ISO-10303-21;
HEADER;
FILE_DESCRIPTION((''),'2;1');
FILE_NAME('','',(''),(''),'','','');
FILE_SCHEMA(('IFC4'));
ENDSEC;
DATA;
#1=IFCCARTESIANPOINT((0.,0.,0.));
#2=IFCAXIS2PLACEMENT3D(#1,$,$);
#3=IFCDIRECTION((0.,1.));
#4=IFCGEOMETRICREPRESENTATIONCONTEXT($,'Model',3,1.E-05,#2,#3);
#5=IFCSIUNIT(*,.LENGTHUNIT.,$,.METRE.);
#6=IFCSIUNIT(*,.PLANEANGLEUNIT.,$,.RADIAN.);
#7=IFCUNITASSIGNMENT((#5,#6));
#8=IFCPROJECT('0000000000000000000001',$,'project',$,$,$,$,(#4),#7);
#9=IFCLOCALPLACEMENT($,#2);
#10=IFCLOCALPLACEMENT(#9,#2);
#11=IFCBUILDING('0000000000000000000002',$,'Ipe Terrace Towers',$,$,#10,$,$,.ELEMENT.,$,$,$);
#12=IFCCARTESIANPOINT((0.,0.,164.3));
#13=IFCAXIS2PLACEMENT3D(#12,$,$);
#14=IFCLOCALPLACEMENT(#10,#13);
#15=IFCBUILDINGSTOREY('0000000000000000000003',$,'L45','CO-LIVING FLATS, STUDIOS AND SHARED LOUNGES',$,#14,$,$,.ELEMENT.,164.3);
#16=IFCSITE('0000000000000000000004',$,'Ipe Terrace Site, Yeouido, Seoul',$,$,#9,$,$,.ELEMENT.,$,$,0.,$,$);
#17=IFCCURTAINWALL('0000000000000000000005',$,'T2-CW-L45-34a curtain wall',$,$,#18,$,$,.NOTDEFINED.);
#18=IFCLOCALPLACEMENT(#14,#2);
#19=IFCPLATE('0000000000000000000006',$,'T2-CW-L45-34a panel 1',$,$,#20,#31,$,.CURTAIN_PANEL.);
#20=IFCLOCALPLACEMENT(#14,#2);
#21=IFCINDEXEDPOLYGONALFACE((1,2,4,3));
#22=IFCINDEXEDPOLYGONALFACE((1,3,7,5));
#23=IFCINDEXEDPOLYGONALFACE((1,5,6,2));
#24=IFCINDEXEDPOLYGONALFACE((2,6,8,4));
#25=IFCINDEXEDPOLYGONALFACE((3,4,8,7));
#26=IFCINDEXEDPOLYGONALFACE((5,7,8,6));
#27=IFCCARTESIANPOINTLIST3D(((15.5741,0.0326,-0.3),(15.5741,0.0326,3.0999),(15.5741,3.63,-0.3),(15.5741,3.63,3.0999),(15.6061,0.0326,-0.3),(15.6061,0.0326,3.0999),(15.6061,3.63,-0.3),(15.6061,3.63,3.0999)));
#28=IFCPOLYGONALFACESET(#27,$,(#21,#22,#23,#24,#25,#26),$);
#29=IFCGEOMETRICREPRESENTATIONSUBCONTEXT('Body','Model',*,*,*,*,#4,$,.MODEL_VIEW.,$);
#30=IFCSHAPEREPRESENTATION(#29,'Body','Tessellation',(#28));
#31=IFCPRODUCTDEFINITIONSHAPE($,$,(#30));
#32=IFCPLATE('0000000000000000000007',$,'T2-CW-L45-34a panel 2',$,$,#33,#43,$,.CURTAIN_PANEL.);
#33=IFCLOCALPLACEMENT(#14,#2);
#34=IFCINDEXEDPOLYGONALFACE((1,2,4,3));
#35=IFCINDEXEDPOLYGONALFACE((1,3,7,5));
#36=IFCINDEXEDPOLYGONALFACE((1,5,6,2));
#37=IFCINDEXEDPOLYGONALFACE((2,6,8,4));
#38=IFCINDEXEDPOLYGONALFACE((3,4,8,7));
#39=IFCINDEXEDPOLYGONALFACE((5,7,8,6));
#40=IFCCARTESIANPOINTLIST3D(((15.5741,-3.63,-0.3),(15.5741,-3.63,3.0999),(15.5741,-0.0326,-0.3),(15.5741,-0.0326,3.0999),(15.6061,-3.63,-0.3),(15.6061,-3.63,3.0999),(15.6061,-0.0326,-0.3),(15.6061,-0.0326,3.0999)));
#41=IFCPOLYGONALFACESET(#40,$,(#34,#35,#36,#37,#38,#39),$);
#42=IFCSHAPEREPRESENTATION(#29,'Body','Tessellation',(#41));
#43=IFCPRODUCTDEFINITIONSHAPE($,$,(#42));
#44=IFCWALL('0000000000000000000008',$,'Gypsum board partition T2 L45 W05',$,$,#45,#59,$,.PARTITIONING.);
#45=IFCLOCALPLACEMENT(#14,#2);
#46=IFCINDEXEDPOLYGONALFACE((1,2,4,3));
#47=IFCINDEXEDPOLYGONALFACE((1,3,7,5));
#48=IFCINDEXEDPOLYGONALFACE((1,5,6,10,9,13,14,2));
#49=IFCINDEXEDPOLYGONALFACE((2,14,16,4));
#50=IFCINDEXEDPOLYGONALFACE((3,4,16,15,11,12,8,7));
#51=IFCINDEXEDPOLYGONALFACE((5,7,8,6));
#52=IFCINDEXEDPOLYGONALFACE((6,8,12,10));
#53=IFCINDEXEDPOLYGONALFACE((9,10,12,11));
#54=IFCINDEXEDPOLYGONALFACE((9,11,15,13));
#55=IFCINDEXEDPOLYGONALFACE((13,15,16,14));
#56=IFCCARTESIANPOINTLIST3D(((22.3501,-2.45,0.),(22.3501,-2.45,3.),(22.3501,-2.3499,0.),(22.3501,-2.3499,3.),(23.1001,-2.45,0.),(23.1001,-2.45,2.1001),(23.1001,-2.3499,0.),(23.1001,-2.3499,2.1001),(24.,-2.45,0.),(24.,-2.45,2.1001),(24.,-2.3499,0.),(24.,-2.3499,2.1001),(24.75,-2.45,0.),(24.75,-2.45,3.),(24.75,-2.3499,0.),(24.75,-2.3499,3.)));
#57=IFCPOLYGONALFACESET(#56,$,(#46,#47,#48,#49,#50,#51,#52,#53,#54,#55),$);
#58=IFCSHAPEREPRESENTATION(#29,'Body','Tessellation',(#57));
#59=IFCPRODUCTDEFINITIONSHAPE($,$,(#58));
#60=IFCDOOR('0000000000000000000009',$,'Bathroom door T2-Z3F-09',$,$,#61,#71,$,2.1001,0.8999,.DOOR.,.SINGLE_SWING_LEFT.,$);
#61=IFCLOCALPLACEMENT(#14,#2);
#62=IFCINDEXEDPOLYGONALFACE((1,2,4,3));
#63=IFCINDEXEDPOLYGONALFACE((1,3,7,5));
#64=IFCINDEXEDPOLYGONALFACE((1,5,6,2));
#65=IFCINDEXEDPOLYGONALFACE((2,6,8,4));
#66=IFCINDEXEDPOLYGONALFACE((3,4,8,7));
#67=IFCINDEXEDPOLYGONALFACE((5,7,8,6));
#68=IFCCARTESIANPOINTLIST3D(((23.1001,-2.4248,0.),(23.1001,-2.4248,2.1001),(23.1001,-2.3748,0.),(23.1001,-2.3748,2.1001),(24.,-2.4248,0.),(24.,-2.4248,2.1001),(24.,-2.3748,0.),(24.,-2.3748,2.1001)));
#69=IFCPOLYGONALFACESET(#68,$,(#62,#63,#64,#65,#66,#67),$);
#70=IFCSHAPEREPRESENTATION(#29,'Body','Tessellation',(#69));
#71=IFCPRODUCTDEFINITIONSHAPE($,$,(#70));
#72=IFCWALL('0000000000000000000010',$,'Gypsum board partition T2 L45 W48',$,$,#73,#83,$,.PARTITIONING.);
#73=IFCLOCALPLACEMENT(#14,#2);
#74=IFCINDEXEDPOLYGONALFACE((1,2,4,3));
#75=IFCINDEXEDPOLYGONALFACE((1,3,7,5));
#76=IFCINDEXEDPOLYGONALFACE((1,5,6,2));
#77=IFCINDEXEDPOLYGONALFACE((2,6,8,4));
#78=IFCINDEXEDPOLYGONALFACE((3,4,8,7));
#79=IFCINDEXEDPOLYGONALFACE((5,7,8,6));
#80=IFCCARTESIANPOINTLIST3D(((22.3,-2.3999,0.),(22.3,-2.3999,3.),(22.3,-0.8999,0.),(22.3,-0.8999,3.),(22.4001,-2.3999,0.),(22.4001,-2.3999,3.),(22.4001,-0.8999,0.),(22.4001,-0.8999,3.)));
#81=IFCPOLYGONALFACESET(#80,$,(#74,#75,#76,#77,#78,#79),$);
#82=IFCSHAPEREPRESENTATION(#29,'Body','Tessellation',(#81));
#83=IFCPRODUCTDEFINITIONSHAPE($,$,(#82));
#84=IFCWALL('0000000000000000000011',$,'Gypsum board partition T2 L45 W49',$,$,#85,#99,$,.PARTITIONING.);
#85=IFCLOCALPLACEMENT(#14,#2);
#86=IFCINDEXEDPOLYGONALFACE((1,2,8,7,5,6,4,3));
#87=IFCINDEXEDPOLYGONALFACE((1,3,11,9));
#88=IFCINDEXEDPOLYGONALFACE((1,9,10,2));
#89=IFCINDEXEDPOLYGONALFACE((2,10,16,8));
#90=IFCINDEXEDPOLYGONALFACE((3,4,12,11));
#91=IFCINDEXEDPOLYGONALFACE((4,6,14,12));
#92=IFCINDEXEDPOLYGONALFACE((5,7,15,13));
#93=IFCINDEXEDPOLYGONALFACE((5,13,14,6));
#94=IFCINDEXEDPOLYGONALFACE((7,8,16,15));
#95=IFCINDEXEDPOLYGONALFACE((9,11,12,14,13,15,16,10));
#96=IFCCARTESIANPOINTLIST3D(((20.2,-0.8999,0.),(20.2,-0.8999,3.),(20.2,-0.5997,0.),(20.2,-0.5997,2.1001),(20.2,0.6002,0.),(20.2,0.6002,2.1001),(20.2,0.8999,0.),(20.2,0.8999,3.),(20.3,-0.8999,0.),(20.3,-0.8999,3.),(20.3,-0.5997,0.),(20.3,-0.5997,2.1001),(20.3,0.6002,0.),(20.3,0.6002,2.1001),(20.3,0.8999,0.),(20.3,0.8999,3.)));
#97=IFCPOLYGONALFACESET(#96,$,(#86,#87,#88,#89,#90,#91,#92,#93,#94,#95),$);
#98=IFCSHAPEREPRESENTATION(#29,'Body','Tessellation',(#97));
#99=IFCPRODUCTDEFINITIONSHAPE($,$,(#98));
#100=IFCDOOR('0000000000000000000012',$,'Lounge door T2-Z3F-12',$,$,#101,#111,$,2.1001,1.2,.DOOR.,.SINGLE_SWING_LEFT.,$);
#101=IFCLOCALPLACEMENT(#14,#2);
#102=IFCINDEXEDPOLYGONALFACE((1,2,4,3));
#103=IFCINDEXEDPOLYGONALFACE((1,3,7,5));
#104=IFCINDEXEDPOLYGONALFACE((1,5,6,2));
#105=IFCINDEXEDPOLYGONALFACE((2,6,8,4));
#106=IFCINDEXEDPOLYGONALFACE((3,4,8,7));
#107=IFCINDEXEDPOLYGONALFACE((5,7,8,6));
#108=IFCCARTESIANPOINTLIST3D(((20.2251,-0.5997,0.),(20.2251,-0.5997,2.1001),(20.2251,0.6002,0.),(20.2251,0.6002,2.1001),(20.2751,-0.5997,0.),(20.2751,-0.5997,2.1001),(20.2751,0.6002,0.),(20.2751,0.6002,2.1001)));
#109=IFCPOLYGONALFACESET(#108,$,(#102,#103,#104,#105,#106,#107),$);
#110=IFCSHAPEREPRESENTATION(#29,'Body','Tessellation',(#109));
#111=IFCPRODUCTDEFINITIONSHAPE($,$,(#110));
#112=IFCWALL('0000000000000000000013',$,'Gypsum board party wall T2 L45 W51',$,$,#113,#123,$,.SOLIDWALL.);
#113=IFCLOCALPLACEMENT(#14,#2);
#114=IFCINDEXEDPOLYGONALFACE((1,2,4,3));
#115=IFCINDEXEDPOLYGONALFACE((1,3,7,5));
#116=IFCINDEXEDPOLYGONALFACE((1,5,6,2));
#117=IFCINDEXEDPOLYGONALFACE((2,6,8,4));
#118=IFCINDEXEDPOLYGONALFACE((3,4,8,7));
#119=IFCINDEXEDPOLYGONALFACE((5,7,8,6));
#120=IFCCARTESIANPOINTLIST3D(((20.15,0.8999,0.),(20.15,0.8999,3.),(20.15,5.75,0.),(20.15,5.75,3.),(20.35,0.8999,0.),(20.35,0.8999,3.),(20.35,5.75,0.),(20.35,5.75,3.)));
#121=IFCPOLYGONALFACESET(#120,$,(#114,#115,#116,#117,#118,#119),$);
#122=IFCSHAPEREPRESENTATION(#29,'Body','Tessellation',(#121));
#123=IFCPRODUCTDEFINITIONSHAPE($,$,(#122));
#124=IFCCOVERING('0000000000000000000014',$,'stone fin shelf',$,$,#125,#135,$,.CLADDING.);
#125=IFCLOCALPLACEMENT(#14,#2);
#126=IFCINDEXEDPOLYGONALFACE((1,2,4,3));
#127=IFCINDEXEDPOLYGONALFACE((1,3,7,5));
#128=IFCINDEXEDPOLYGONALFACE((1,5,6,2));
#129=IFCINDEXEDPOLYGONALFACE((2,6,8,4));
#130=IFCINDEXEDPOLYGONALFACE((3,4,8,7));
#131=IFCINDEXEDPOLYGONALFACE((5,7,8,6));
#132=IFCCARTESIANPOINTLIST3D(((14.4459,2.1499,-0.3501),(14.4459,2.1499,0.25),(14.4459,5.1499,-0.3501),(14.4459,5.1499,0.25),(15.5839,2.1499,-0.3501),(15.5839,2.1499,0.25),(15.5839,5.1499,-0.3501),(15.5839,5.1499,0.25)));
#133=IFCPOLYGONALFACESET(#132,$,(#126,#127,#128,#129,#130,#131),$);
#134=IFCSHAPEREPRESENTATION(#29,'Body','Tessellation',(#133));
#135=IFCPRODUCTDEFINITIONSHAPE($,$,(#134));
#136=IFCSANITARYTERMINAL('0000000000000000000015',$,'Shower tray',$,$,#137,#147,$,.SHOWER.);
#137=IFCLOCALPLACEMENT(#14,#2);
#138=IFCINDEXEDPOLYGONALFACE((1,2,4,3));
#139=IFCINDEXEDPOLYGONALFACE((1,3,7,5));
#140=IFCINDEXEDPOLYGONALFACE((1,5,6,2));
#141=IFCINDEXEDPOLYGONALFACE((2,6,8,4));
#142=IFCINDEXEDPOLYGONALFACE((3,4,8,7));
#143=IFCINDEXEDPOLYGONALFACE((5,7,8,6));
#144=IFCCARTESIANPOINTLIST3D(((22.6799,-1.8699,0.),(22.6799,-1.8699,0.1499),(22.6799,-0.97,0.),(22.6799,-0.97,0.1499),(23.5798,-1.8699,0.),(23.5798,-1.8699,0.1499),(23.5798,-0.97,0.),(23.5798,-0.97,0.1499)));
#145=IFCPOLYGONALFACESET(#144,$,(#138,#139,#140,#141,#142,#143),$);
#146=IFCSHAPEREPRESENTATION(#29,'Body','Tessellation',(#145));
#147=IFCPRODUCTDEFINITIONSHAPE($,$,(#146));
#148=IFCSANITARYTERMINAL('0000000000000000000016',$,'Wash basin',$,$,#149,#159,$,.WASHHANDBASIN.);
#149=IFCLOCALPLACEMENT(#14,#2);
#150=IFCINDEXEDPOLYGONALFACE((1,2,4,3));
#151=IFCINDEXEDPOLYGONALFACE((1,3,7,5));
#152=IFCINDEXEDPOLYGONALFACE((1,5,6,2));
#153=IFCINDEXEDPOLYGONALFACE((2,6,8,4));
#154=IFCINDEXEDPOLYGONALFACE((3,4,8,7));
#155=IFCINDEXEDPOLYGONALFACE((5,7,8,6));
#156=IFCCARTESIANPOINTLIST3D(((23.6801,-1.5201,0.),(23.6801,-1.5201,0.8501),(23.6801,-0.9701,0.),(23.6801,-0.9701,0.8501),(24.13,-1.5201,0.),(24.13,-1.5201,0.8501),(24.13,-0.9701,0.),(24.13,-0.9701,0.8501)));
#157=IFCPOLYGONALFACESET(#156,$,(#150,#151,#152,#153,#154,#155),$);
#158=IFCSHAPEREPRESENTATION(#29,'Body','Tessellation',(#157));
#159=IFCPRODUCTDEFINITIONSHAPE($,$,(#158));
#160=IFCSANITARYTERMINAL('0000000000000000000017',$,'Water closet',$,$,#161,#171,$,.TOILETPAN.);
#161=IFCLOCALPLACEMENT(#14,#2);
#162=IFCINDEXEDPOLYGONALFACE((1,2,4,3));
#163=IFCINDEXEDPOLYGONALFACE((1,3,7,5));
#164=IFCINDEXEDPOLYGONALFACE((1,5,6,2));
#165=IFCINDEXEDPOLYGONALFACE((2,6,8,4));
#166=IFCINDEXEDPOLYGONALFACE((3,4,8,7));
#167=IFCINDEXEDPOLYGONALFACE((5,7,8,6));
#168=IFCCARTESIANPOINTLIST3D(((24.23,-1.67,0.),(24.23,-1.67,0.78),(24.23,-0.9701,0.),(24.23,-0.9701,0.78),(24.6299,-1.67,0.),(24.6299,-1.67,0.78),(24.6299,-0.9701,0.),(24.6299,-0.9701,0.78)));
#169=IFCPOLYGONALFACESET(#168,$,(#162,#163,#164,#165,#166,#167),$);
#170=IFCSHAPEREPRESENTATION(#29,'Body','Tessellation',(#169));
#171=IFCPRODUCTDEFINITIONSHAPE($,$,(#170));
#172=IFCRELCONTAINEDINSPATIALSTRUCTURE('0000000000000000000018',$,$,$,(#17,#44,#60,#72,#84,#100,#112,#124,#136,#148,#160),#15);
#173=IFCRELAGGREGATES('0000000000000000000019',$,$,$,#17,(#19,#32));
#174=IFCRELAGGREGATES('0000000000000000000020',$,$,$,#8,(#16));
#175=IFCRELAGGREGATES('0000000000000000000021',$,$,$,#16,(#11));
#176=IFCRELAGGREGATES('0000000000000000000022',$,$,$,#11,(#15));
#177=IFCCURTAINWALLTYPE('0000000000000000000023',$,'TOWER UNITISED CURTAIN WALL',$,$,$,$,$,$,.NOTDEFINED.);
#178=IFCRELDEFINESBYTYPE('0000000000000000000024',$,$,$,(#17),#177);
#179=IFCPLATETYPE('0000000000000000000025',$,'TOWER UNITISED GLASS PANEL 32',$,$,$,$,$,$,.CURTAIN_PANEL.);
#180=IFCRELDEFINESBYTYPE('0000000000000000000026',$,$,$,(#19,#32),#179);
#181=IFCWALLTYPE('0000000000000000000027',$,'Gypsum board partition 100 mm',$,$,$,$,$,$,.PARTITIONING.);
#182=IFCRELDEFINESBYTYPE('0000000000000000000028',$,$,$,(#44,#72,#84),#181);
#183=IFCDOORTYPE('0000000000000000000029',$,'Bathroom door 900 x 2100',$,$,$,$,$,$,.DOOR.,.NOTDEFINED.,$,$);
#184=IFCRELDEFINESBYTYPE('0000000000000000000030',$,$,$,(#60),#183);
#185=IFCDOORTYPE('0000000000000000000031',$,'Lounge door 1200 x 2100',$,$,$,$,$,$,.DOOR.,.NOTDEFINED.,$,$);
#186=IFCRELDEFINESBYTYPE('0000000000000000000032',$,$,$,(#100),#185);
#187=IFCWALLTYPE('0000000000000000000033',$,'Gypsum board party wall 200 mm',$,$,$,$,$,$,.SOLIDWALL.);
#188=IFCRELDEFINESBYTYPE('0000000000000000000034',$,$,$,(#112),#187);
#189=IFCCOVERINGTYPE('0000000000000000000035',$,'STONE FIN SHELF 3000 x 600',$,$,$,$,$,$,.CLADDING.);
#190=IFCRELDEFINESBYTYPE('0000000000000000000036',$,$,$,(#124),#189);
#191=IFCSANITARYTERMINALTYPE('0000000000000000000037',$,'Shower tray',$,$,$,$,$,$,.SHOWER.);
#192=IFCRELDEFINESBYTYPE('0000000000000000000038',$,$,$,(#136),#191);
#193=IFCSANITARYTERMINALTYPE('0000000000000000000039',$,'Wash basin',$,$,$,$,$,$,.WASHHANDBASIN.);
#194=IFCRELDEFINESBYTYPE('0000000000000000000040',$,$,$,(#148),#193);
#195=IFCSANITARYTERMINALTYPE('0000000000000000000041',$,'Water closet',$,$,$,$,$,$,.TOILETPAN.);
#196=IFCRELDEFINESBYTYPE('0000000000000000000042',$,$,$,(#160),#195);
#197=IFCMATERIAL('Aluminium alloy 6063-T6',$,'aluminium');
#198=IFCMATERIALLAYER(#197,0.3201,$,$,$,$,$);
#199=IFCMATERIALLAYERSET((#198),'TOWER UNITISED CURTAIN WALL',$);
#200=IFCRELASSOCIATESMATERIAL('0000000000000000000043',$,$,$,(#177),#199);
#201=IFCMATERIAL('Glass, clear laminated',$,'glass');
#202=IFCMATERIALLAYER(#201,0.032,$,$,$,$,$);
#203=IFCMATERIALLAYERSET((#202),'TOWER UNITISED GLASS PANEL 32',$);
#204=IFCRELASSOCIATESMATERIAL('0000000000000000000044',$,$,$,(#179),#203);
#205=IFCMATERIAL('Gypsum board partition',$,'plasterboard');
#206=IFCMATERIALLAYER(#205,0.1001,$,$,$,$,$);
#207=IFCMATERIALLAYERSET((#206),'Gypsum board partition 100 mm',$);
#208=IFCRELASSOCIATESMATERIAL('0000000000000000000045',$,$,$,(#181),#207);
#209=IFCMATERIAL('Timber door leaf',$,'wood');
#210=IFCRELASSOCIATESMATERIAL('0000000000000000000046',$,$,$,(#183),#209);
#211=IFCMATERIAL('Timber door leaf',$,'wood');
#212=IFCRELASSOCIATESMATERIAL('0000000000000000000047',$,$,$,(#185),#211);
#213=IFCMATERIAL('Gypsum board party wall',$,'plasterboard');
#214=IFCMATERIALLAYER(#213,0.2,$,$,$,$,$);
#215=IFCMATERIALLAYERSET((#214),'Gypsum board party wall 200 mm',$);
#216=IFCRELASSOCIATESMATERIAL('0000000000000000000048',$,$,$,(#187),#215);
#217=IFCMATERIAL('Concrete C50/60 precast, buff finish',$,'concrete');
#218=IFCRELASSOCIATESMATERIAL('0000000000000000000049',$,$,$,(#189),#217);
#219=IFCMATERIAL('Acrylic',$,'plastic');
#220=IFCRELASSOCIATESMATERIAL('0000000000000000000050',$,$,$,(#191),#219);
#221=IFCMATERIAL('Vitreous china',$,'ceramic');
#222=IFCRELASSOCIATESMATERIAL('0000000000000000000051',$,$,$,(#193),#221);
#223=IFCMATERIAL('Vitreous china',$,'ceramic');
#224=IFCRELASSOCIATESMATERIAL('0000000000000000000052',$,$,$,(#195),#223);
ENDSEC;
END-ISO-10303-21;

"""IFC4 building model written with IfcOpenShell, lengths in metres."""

from ifc_helpers import new_model, si_unit, direction, frame, frame_2d, origin, origin_2d, place, context, subcontext, project, spatial, rectangle, extrude, material, layer, layer_set, type_object, element, fill, aggregate, save


model = new_model("IFC4")

# Units and contexts
model_context = context("Model", 3, precision=1e-05, world=origin(), true_north=direction((0.0, 1.0)))
body_context = subcontext(model_context, "Body", "Model", "MODEL_VIEW")
ifc_project = project(units=[si_unit("LENGTHUNIT", "METRE"), si_unit("PLANEANGLEUNIT", "RADIAN")], contexts=[model_context])

# Site, building, storey
site_placement = place(None, origin())
site = spatial("IfcSite", under=ifc_project, at=site_placement, Name="Ipe Terrace Site, Yeouido, Seoul", CompositionType="ELEMENT", RefElevation=0.0)
building_placement = place(site_placement, origin())
building = spatial("IfcBuilding", under=site, at=building_placement, Name="Ipe Terrace Towers", CompositionType="ELEMENT")
storey_placement = place(building_placement, frame((0.0, 0.0, 164.3)))
storey = spatial("IfcBuildingStorey", under=building, at=storey_placement, Name="L45", Description="CO-LIVING FLATS, STUDIOS AND SHARED LOUNGES", CompositionType="ELEMENT", Elevation=164.3)

# Curtain wall, plates
ifc_material_1 = material(Name="Aluminium alloy 6063-T6", Category="aluminium")
ifc_layer_1 = layer(ifc_material_1, 0.3201)
ifc_layer_set_1 = layer_set([ifc_layer_1], Name="TOWER UNITISED CURTAIN WALL")
curtain_wall_type = type_object("IfcCurtainWallType", Name="TOWER UNITISED CURTAIN WALL", PredefinedType="NOTDEFINED", material=ifc_layer_set_1)
curtain_wall_placement = place(storey_placement, origin())
curtain_wall = element("IfcCurtainWall", 1, at=curtain_wall_placement, inside=storey, type_object=curtain_wall_type, Name="T2-CW-L45-34a curtain wall", PredefinedType="NOTDEFINED")
ifc_material_2 = material(Name="Glass, clear laminated", Category="glass")
ifc_layer_2 = layer(ifc_material_2, 0.032)
ifc_layer_set_2 = layer_set([ifc_layer_2], Name="TOWER UNITISED GLASS PANEL 32")
plate_type = type_object("IfcPlateType", Name="TOWER UNITISED GLASS PANEL 32", PredefinedType="CURTAIN_PANEL", material=ifc_layer_set_2)
plate_1_placement = place(storey_placement, frame((15.5901, 1.8313, -0.3), z_axis=(0.0, 0.0, 1.0), x_axis=(0.0, -1.0, 0.0)))
plate_1 = element("IfcPlate", 2, at=plate_1_placement, type_object=plate_type, Name="T2-CW-L45-34a panel 1", PredefinedType="CURTAIN_PANEL", context=body_context, shape_type="SweptSolid", body=[
    extrude(rectangle(XDim=3.5974, YDim=0.032, at=origin_2d()), origin(), (0.0, 0.0, 1.0), 3.3999),
])
plate_2_placement = place(storey_placement, frame((15.5901, -1.8313, -0.3), z_axis=(0.0, 0.0, 1.0), x_axis=(0.0, -1.0, 0.0)))
plate_2 = element("IfcPlate", 3, at=plate_2_placement, type_object=plate_type, Name="T2-CW-L45-34a panel 2", PredefinedType="CURTAIN_PANEL", context=body_context, shape_type="SweptSolid", body=[
    extrude(rectangle(XDim=3.5974, YDim=0.032, at=origin_2d()), origin(), (0.0, 0.0, 1.0), 3.3999),
])
aggregate(curtain_wall, [plate_1, plate_2])

# Wall, opening, door
ifc_material_3 = material(Name="Gypsum board partition", Category="plasterboard")
ifc_layer_3 = layer(ifc_material_3, 0.1001)
ifc_layer_set_3 = layer_set([ifc_layer_3], Name="Gypsum board partition 100 mm")
wall_type_1 = type_object("IfcWallType", Name="Gypsum board partition 100 mm", PredefinedType="PARTITIONING", material=ifc_layer_set_3)
wall_1_placement = place(storey_placement, frame((24.75, -2.3999, 0.0), z_axis=(0.0, 0.0, 1.0), x_axis=(-1.0, 0.0, 0.0)))
wall_1 = element("IfcWall", 4, at=wall_1_placement, inside=storey, type_object=wall_type_1, Name="Gypsum board partition T2 L45 W05", PredefinedType="PARTITIONING", context=body_context, shape_type="SweptSolid", body=[
    extrude(rectangle(XDim=2.3999, YDim=0.1001, at=frame_2d((1.2, 0.0))), origin(), (0.0, 0.0, 1.0), 3.0),
])
opening_1_placement = place(wall_1_placement, frame((0.75, 0.0, 0.0)))
opening_1 = element("IfcOpeningElement", 5, at=opening_1_placement, cuts=wall_1, PredefinedType="OPENING", context=body_context, shape_type="SweptSolid", body=[
    extrude(rectangle(XDim=0.8999, YDim=2.1001, at=frame_2d((0.45, 1.05))), frame((0.0, 0.0601, 0.0), z_axis=(0.0, -1.0, 0.0), x_axis=(1.0, 0.0, 0.0)), (0.0, 0.0, 1.0), 0.1201),
])
ifc_material_4 = material(Name="Timber door leaf", Category="wood")
door_type_1 = type_object("IfcDoorType", Name="Bathroom door 900 x 2100", OperationType="NOTDEFINED", PredefinedType="DOOR", material=ifc_material_4)
door_1_placement = place(opening_1_placement, origin())
door_1 = element("IfcDoor", 6, at=door_1_placement, inside=storey, type_object=door_type_1, Name="Bathroom door T2-Z3F-09", OperationType="SINGLE_SWING_LEFT", OverallHeight=2.1001, OverallWidth=0.8999, PredefinedType="DOOR", context=body_context, shape_type="SweptSolid", body=[
    extrude(rectangle(XDim=0.8999, YDim=2.1001, at=frame_2d((0.45, 1.05))), frame((0.0, 0.0249, 0.0), z_axis=(0.0, -1.0, 0.0), x_axis=(1.0, 0.0, 0.0)), (0.0, 0.0, 1.0), 0.05),
])
fill(opening_1, door_1)

# Wall
wall_2_placement = place(storey_placement, frame((22.3501, -2.3999, 0.0), z_axis=(0.0, 0.0, 1.0), x_axis=(0.0, 1.0, 0.0)))
element("IfcWall", 7, at=wall_2_placement, inside=storey, type_object=wall_type_1, Name="Gypsum board partition T2 L45 W48", PredefinedType="PARTITIONING", context=body_context, shape_type="SweptSolid", body=[
    extrude(rectangle(XDim=1.5, YDim=0.1001, at=frame_2d((0.75, 0.0))), origin(), (0.0, 0.0, 1.0), 3.0),
])

# Wall, opening, door
wall_3_placement = place(storey_placement, frame((20.25, -0.8999, 0.0), z_axis=(0.0, 0.0, 1.0), x_axis=(0.0, 1.0, 0.0)))
wall_3 = element("IfcWall", 8, at=wall_3_placement, inside=storey, type_object=wall_type_1, Name="Gypsum board partition T2 L45 W49", PredefinedType="PARTITIONING", context=body_context, shape_type="SweptSolid", body=[
    extrude(rectangle(XDim=1.7998, YDim=0.1001, at=frame_2d((0.8999, 0.0))), origin(), (0.0, 0.0, 1.0), 3.0),
])
opening_2_placement = place(wall_3_placement, frame((0.3, 0.0, 0.0)))
opening_2 = element("IfcOpeningElement", 9, at=opening_2_placement, cuts=wall_3, PredefinedType="OPENING", context=body_context, shape_type="SweptSolid", body=[
    extrude(rectangle(XDim=1.2, YDim=2.1001, at=frame_2d((0.6001, 1.05))), frame((0.0, 0.0601, 0.0), z_axis=(0.0, -1.0, 0.0), x_axis=(1.0, 0.0, 0.0)), (0.0, 0.0, 1.0), 0.1201),
])
ifc_material_5 = material(Name="Timber door leaf", Category="wood")
door_type_2 = type_object("IfcDoorType", Name="Lounge door 1200 x 2100", OperationType="NOTDEFINED", PredefinedType="DOOR", material=ifc_material_5)
door_2_placement = place(opening_2_placement, origin())
door_2 = element("IfcDoor", 10, at=door_2_placement, inside=storey, type_object=door_type_2, Name="Lounge door T2-Z3F-12", OperationType="SINGLE_SWING_LEFT", OverallHeight=2.1001, OverallWidth=1.2, PredefinedType="DOOR", context=body_context, shape_type="SweptSolid", body=[
    extrude(rectangle(XDim=1.2, YDim=2.1001, at=frame_2d((0.6001, 1.05))), frame((0.0, 0.0249, 0.0), z_axis=(0.0, -1.0, 0.0), x_axis=(1.0, 0.0, 0.0)), (0.0, 0.0, 1.0), 0.05),
])
fill(opening_2, door_2)

# Wall
ifc_material_6 = material(Name="Gypsum board party wall", Category="plasterboard")
ifc_layer_4 = layer(ifc_material_6, 0.2)
ifc_layer_set_4 = layer_set([ifc_layer_4], Name="Gypsum board party wall 200 mm")
wall_type_2 = type_object("IfcWallType", Name="Gypsum board party wall 200 mm", PredefinedType="SOLIDWALL", material=ifc_layer_set_4)
wall_4_placement = place(storey_placement, frame((20.25, 0.8999, 0.0), z_axis=(0.0, 0.0, 1.0), x_axis=(0.0, 1.0, 0.0)))
element("IfcWall", 11, at=wall_4_placement, inside=storey, type_object=wall_type_2, Name="Gypsum board party wall T2 L45 W51", PredefinedType="SOLIDWALL", context=body_context, shape_type="SweptSolid", body=[
    extrude(rectangle(XDim=4.8501, YDim=0.2, at=frame_2d((2.425, 0.0))), origin(), (0.0, 0.0, 1.0), 3.0),
])

# Covering
ifc_material_7 = material(Name="Concrete C50/60 precast, buff finish", Category="concrete")
covering_type = type_object("IfcCoveringType", Name="STONE FIN SHELF 3000 x 600", PredefinedType="CLADDING", material=ifc_material_7)
covering_placement = place(storey_placement, frame((15.0149, 3.6499, -0.3501), z_axis=(0.0, 0.0, 1.0), x_axis=(0.0, -1.0, 0.0)))
element("IfcCovering", 12, at=covering_placement, inside=storey, type_object=covering_type, Name="stone fin shelf", PredefinedType="CLADDING", context=body_context, shape_type="SweptSolid", body=[
    extrude(rectangle(XDim=3.0, YDim=1.1379, at=origin_2d()), origin(), (0.0, 0.0, 1.0), 0.6001),
])

# Sanitary terminals
ifc_material_8 = material(Name="Acrylic", Category="plastic")
sanitary_terminal_type_1 = type_object("IfcSanitaryTerminalType", Name="Shower tray", PredefinedType="SHOWER", material=ifc_material_8)
sanitary_terminal_1_placement = place(storey_placement, frame((23.1299, -1.4199, 0.0), z_axis=(0.0, 0.0, 1.0), x_axis=(0.0, -1.0, 0.0)))
element("IfcSanitaryTerminal", 13, at=sanitary_terminal_1_placement, inside=storey, type_object=sanitary_terminal_type_1, Name="Shower tray", PredefinedType="SHOWER", context=body_context, shape_type="SweptSolid", body=[
    extrude(rectangle(XDim=0.8999, YDim=0.8999, at=origin_2d()), origin(), (0.0, 0.0, 1.0), 0.1499),
])
ifc_material_9 = material(Name="Vitreous china", Category="ceramic")
sanitary_terminal_type_2 = type_object("IfcSanitaryTerminalType", Name="Wash basin", PredefinedType="WASHHANDBASIN", material=ifc_material_9)
sanitary_terminal_2_placement = place(storey_placement, frame((23.905, -1.2451, 0.0), z_axis=(0.0, 0.0, 1.0), x_axis=(0.0, -1.0, 0.0)))
element("IfcSanitaryTerminal", 14, at=sanitary_terminal_2_placement, inside=storey, type_object=sanitary_terminal_type_2, Name="Wash basin", PredefinedType="WASHHANDBASIN", context=body_context, shape_type="SweptSolid", body=[
    extrude(rectangle(XDim=0.55, YDim=0.45, at=origin_2d()), origin(), (0.0, 0.0, 1.0), 0.8501),
])
ifc_material_10 = material(Name="Vitreous china", Category="ceramic")
sanitary_terminal_type_3 = type_object("IfcSanitaryTerminalType", Name="Water closet", PredefinedType="TOILETPAN", material=ifc_material_10)
sanitary_terminal_3_placement = place(storey_placement, frame((24.4299, -1.3201, 0.0), z_axis=(0.0, 0.0, 1.0), x_axis=(0.0, -1.0, 0.0)))
element("IfcSanitaryTerminal", 15, at=sanitary_terminal_3_placement, inside=storey, type_object=sanitary_terminal_type_3, Name="Water closet", PredefinedType="TOILETPAN", context=body_context, shape_type="SweptSolid", body=[
    extrude(rectangle(XDim=0.7, YDim=0.3999, at=origin_2d()), origin(), (0.0, 0.0, 1.0), 0.78),
])

save(model, "model.ifc")
